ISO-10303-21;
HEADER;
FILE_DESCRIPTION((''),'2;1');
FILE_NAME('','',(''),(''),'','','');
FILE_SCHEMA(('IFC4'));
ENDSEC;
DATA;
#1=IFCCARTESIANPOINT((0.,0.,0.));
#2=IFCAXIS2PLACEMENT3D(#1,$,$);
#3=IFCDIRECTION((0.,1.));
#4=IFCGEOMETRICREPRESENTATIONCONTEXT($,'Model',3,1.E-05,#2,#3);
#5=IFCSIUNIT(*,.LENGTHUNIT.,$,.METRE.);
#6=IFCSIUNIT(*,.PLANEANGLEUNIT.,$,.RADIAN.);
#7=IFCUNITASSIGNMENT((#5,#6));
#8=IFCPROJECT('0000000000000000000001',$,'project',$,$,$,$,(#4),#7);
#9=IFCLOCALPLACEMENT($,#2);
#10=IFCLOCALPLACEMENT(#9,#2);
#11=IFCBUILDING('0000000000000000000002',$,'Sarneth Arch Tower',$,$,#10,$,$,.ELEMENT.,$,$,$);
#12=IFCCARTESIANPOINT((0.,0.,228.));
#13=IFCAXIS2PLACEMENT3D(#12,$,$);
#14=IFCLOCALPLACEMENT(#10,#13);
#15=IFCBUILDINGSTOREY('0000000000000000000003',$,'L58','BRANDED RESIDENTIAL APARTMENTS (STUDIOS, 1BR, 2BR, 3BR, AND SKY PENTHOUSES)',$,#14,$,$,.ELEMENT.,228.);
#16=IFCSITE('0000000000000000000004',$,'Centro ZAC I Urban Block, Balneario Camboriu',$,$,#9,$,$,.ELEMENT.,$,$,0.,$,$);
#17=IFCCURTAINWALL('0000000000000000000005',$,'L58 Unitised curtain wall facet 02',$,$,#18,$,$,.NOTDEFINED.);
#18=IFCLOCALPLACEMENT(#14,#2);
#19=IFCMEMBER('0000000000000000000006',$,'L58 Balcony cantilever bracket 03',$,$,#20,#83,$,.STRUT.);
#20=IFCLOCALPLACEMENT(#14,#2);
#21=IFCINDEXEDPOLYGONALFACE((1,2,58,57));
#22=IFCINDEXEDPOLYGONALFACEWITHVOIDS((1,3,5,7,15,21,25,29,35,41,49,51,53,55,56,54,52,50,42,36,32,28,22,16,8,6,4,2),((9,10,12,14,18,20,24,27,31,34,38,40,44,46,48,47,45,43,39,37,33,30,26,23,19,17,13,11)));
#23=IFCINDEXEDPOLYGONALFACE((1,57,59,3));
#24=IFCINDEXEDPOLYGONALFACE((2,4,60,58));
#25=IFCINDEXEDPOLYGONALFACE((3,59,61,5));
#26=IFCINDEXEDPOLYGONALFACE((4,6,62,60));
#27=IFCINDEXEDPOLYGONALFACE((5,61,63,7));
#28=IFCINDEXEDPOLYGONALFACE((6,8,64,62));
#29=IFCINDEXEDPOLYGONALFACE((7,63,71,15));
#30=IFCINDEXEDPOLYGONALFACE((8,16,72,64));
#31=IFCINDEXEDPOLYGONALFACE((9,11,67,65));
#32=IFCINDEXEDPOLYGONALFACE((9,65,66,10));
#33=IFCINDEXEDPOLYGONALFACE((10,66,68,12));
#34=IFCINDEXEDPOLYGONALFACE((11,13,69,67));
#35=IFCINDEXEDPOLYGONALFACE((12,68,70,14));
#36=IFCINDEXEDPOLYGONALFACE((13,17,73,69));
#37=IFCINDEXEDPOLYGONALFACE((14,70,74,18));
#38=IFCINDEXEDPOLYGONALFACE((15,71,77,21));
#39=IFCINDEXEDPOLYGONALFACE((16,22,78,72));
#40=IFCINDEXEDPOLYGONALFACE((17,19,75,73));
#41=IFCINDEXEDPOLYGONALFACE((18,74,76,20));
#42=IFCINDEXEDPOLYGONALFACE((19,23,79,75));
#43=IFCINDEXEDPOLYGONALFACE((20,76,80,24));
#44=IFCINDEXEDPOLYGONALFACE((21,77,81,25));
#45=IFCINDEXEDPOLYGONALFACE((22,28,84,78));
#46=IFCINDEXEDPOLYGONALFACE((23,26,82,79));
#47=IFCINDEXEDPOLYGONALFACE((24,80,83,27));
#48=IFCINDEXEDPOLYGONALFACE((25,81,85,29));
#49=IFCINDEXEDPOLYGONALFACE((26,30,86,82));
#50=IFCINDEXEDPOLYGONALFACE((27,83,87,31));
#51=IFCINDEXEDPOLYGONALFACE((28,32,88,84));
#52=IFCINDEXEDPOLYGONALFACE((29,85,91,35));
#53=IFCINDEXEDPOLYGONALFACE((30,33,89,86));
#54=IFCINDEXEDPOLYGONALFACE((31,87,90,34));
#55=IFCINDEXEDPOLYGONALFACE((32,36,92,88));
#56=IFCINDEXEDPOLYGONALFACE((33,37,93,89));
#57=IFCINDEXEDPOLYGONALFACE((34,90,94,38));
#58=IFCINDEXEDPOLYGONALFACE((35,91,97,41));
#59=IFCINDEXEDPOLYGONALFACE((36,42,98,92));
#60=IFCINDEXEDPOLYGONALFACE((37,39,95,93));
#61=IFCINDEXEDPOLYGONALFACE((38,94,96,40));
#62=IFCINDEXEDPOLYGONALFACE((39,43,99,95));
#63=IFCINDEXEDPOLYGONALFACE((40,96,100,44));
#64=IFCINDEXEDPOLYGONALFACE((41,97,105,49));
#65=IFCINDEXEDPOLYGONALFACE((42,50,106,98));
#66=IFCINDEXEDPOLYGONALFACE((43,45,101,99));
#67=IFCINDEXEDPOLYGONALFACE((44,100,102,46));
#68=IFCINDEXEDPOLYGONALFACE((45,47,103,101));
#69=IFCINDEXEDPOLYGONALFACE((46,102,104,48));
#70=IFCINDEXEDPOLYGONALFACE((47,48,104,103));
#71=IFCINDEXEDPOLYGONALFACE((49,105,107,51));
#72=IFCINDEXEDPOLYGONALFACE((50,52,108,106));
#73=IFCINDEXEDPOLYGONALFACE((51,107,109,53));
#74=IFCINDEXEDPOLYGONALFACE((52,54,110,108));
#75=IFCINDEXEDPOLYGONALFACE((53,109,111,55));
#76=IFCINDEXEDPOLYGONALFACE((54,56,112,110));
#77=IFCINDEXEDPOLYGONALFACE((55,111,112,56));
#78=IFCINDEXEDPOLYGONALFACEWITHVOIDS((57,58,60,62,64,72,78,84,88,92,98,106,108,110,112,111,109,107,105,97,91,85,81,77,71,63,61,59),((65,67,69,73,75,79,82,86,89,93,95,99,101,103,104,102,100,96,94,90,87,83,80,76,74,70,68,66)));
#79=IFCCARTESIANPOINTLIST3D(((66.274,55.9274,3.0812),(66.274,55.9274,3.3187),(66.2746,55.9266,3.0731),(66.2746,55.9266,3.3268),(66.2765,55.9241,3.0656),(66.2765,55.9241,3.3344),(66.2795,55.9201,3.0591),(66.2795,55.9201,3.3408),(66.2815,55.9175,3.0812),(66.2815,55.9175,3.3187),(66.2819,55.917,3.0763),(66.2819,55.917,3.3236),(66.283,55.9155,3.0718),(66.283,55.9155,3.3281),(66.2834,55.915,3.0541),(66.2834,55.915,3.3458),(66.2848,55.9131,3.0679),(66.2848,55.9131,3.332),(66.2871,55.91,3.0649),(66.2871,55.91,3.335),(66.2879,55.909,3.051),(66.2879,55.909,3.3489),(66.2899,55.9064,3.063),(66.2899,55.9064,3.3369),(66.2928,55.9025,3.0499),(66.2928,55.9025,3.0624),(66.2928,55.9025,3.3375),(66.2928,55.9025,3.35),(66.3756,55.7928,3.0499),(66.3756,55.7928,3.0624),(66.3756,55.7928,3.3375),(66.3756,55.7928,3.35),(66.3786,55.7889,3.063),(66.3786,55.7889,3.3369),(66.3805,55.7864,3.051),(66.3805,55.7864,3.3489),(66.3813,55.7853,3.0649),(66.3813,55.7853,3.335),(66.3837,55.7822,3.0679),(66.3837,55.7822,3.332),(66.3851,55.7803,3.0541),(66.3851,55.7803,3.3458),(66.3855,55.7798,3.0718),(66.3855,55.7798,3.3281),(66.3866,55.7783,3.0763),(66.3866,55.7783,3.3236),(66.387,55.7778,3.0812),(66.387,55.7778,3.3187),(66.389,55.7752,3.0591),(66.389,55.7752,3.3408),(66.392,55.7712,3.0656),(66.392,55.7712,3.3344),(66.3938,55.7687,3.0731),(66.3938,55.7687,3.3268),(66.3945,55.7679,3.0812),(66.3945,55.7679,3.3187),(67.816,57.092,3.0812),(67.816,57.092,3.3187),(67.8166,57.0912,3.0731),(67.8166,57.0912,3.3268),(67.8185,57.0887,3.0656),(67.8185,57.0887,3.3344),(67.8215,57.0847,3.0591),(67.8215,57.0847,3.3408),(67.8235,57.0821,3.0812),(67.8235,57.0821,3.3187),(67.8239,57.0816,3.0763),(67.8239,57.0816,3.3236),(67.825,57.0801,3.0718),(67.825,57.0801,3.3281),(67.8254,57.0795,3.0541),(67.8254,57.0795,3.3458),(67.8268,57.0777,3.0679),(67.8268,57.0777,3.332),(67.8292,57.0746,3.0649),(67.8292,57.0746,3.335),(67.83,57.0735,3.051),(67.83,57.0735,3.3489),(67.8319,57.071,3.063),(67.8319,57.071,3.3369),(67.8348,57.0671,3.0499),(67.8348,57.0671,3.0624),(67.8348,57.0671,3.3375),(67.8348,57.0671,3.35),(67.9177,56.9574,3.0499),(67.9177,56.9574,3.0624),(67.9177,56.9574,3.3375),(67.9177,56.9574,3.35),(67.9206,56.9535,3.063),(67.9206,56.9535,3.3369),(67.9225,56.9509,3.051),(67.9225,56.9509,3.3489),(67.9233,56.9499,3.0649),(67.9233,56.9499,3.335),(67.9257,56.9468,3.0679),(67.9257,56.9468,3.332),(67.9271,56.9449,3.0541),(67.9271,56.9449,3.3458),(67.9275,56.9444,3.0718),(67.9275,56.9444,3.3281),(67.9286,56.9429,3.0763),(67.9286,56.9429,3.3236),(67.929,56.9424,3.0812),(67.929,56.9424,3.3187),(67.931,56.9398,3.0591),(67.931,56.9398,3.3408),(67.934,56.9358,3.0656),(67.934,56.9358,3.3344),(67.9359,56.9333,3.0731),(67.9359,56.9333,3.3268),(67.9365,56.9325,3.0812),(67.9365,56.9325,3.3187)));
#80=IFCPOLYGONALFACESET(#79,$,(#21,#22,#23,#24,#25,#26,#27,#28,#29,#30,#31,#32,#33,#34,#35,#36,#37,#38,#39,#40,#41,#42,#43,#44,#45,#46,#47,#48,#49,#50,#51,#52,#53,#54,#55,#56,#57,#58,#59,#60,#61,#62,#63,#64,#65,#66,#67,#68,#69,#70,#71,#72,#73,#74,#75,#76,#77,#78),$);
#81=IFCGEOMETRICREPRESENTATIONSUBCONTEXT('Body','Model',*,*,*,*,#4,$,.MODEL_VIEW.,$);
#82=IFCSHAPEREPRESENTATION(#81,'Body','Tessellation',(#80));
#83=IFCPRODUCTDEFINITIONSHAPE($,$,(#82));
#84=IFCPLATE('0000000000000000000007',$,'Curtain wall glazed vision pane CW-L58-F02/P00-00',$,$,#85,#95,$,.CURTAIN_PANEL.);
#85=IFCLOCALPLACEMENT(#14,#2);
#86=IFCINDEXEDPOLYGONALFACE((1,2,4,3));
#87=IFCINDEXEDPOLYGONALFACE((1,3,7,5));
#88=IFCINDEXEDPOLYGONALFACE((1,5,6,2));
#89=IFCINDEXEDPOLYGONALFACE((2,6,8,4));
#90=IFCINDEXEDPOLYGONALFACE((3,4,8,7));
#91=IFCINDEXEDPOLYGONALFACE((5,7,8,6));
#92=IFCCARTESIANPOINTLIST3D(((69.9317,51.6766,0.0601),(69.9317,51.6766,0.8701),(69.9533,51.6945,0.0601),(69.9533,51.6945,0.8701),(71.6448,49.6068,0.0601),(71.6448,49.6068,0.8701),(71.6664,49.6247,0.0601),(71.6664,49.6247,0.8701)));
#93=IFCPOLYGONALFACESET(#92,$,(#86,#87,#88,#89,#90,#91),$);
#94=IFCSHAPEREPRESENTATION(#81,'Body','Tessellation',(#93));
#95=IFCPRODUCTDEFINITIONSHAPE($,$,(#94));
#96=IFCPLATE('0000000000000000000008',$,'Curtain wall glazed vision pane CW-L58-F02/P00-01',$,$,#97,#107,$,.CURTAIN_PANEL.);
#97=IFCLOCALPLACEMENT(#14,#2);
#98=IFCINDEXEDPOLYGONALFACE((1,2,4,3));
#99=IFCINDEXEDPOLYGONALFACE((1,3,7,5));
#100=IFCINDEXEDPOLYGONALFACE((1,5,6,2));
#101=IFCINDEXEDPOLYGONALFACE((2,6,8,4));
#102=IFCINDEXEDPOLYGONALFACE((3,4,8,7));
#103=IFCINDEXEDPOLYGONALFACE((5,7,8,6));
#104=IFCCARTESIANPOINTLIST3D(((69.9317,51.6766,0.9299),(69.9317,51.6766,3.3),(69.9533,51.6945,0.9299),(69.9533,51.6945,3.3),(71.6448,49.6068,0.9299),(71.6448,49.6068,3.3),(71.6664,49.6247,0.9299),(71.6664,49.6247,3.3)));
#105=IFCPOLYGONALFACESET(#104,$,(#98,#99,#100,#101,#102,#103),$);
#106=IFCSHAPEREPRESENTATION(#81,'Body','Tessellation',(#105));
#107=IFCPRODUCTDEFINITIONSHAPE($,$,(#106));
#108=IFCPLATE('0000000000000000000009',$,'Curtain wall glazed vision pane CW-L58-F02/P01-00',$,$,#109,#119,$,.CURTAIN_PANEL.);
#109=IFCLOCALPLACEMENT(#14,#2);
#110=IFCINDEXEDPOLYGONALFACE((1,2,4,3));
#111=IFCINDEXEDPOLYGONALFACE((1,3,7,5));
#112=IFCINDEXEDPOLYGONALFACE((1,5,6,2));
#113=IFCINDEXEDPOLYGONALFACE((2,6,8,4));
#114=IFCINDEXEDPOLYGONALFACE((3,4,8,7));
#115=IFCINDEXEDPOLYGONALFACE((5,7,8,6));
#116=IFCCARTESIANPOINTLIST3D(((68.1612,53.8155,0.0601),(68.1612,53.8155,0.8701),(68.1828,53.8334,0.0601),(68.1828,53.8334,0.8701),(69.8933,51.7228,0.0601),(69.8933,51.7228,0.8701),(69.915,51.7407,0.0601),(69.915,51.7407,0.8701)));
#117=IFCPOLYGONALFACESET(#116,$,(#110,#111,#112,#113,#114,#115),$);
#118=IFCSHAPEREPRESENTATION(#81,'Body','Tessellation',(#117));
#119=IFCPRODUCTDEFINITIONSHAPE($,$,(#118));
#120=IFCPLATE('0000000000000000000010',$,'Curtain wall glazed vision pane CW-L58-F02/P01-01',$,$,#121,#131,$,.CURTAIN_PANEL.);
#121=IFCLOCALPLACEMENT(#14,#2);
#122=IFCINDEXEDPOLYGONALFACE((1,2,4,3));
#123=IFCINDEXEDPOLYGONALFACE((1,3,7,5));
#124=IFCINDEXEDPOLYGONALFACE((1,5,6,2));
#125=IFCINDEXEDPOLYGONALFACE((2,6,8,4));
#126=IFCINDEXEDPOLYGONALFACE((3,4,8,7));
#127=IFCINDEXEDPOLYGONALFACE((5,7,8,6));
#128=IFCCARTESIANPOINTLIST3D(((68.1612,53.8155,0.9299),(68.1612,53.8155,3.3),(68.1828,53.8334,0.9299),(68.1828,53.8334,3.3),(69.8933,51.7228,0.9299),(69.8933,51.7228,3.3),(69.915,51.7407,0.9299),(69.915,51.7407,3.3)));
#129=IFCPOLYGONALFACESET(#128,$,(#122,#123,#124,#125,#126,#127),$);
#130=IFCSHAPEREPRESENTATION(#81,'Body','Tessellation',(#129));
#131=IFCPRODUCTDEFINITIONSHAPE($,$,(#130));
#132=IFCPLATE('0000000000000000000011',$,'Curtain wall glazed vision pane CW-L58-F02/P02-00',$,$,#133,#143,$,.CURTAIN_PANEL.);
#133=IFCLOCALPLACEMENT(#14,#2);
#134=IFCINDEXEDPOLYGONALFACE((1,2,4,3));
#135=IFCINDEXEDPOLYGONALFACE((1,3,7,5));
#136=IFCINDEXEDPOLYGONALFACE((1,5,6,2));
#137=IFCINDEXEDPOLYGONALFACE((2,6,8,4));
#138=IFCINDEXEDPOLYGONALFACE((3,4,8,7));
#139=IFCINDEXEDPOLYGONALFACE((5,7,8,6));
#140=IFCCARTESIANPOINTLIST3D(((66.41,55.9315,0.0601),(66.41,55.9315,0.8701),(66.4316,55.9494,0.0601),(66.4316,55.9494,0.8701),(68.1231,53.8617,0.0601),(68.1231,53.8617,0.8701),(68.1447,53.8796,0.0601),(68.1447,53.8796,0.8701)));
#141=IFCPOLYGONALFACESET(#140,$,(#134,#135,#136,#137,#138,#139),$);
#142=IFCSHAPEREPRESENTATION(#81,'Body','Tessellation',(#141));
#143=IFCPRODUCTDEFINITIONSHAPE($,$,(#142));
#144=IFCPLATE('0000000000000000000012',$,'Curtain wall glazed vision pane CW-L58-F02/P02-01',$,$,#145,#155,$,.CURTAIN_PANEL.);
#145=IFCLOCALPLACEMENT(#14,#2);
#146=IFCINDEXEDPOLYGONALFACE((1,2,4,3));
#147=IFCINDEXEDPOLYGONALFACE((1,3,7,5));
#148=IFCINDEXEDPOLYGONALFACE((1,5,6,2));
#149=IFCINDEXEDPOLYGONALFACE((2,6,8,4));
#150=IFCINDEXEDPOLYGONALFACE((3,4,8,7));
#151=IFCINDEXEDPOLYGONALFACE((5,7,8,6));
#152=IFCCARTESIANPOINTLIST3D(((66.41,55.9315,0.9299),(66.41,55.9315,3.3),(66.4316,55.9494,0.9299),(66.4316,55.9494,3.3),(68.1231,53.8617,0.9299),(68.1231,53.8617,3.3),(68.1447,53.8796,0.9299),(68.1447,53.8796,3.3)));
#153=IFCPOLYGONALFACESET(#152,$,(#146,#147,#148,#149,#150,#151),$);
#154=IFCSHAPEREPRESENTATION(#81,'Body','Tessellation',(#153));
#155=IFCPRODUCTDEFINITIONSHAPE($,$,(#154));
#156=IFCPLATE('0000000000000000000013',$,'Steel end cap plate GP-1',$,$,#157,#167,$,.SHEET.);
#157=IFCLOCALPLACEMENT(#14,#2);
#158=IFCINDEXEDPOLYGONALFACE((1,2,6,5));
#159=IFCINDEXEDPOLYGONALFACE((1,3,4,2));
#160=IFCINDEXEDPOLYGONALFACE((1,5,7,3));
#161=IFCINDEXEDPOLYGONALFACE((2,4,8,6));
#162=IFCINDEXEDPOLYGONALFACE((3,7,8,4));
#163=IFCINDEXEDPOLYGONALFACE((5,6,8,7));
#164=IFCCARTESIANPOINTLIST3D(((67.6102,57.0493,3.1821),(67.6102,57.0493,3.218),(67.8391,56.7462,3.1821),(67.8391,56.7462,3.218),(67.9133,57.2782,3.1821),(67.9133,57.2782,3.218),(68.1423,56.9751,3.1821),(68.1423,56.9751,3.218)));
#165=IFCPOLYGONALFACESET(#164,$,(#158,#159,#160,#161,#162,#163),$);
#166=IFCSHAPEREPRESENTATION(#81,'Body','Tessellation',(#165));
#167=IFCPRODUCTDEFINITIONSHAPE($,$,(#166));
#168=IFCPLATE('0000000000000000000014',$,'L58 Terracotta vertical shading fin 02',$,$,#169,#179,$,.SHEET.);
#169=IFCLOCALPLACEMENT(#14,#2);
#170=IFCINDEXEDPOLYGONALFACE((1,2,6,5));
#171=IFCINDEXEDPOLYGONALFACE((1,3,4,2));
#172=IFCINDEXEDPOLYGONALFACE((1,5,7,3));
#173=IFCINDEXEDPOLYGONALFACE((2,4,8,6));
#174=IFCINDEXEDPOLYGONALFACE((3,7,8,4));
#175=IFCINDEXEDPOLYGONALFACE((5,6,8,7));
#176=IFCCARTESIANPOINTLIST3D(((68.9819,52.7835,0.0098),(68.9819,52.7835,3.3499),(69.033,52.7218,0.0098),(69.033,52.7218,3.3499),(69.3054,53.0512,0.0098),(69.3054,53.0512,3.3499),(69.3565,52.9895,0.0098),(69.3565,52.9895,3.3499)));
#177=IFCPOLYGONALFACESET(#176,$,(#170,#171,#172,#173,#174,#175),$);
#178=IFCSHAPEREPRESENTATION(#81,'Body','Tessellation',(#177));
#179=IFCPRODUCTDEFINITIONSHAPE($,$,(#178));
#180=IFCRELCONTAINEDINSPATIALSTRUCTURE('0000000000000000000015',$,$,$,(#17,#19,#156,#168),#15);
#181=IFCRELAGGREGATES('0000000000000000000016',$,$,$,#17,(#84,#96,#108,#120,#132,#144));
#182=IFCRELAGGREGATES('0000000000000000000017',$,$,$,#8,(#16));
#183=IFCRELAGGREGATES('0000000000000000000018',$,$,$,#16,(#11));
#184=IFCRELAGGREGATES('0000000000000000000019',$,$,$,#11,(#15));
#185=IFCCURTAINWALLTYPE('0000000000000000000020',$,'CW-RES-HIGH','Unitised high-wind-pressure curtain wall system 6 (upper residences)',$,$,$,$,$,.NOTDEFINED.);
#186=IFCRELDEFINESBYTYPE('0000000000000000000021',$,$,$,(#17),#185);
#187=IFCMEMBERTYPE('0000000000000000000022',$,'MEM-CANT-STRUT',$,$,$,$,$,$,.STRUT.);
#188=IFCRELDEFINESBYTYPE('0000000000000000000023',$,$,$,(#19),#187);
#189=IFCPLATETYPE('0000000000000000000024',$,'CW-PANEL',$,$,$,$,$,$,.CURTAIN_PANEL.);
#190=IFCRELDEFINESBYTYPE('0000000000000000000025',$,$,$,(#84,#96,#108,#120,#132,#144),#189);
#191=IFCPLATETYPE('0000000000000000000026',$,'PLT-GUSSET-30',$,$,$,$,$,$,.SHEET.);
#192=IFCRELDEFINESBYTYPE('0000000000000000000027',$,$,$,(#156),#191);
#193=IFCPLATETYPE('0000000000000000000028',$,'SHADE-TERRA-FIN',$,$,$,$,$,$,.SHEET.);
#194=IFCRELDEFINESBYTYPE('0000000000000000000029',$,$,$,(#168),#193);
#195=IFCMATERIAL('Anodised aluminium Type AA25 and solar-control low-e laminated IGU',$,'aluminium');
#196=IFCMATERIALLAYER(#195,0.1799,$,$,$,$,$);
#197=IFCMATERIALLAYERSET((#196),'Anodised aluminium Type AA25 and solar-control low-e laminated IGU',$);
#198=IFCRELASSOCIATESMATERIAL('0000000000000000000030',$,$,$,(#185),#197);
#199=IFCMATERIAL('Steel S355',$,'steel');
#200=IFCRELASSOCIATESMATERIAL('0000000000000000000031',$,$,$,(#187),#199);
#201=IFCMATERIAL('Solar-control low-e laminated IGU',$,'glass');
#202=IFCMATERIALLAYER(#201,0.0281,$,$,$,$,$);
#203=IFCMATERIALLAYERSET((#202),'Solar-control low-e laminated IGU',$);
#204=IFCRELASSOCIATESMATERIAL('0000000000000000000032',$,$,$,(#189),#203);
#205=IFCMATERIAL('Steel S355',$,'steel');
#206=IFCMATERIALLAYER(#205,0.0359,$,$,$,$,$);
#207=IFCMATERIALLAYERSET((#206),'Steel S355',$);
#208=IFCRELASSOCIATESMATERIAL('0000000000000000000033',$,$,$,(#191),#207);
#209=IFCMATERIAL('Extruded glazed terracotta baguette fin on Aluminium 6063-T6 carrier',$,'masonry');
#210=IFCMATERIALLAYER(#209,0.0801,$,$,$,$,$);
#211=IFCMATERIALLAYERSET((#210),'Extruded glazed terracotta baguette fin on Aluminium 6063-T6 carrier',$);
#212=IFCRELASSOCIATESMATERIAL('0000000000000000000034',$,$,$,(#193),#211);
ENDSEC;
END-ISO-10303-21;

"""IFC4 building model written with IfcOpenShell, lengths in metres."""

from ifc_helpers import new_model, si_unit, direction, frame, origin, origin_2d, place, context, subcontext, project, spatial, rectangle, hollow_rectangle, extrude, material, layer, layer_set, material_profile, profile_set, type_object, element, aggregate, save


model = new_model("IFC4")

# Units and contexts
model_context = context("Model", 3, precision=1e-05, world=origin(), true_north=direction((0.0, 1.0)))
body_context = subcontext(model_context, "Body", "Model", "MODEL_VIEW")
ifc_project = project(units=[si_unit("LENGTHUNIT", "METRE"), si_unit("PLANEANGLEUNIT", "RADIAN")], contexts=[model_context])

# Site, building, storey
site_placement = place(None, origin())
site = spatial("IfcSite", under=ifc_project, at=site_placement, Name="Centro ZAC I Urban Block, Balneario Camboriu", CompositionType="ELEMENT", RefElevation=0.0)
building_placement = place(site_placement, origin())
building = spatial("IfcBuilding", under=site, at=building_placement, Name="Sarneth Arch Tower", CompositionType="ELEMENT")
storey_placement = place(building_placement, frame((0.0, 0.0, 228.0)))
storey = spatial("IfcBuildingStorey", under=building, at=storey_placement, Name="L58", Description="BRANDED RESIDENTIAL APARTMENTS (STUDIOS, 1BR, 2BR, 3BR, AND SKY PENTHOUSES)", CompositionType="ELEMENT", Elevation=228.0)

# Curtain wall
ifc_material_1 = material(Name="Anodised aluminium Type AA25 and solar-control low-e laminated IGU", Category="aluminium")
ifc_layer_1 = layer(ifc_material_1, 0.1799)
ifc_layer_set_1 = layer_set([ifc_layer_1], Name="Anodised aluminium Type AA25 and solar-control low-e laminated IGU")
curtain_wall_type = type_object("IfcCurtainWallType", Name="CW-RES-HIGH", Description="Unitised high-wind-pressure curtain wall system 6 (upper residences)", PredefinedType="NOTDEFINED", material=ifc_layer_set_1)
curtain_wall_placement = place(storey_placement, origin())
curtain_wall = element("IfcCurtainWall", 1, at=curtain_wall_placement, inside=storey, type_object=curtain_wall_type, Name="L58 Unitised curtain wall facet 02", PredefinedType="NOTDEFINED")

# Member
ifc_material_2 = material(Name="Steel S355", Category="steel")
ifc_material_profile_1 = material_profile(ifc_material_2, hollow_rectangle(XDim=0.2, YDim=0.3, WallThickness=0.0125, InnerFilletRadius=0.0188, OuterFilletRadius=0.0312, at=origin_2d()), Name="RHS300x200x12.5")
ifc_profile_set_1 = profile_set([ifc_material_profile_1], Name="Steel S355")
member_type_1 = type_object("IfcMemberType", Name="MEM-CANT-STRUT", PredefinedType="STRUT", material=ifc_profile_set_1)
member_1_placement = place(storey_placement, frame((66.3342, 55.8477, 3.2), z_axis=(0.797994, 0.602665, 0.0), x_axis=(-0.602665, 0.797994, 0.0)))
element("IfcMember", 2, at=member_1_placement, inside=storey, type_object=member_type_1, Name="L58 Balcony cantilever bracket 03", PredefinedType="STRUT", context=body_context, shape_type="SweptSolid", body=[
    extrude(hollow_rectangle(XDim=0.2, YDim=0.3, WallThickness=0.0125, InnerFilletRadius=0.0188, OuterFilletRadius=0.0312, at=origin_2d()), origin(), (0.0, 0.0, 1.0), 1.9324),
])

# Plates
ifc_material_3 = material(Name="Solar-control low-e laminated IGU", Category="glass")
ifc_layer_2 = layer(ifc_material_3, 0.0281)
ifc_layer_set_2 = layer_set([ifc_layer_2], Name="Solar-control low-e laminated IGU")
plate_type_1 = type_object("IfcPlateType", Name="CW-PANEL", PredefinedType="CURTAIN_PANEL", material=ifc_layer_set_2)
plate_1_placement = place(storey_placement, frame((70.7991, 50.6506, 0.0601), z_axis=(0.0, 0.0, 1.0), x_axis=(-0.63761, 0.770359, 0.0)))
plate_1 = element("IfcPlate", 3, at=plate_1_placement, type_object=plate_type_1, Name="Curtain wall glazed vision pane CW-L58-F02/P00-00", PredefinedType="CURTAIN_PANEL", context=body_context, shape_type="SweptSolid", body=[
    extrude(rectangle(XDim=2.6868, YDim=0.0281, at=origin_2d()), origin(), (0.0, 0.0, 1.0), 0.8101),
])
plate_2_placement = place(storey_placement, frame((70.7991, 50.6506, 0.9299), z_axis=(0.0, 0.0, 1.0), x_axis=(-0.63761, 0.770359, 0.0)))
plate_2 = element("IfcPlate", 4, at=plate_2_placement, type_object=plate_type_1, Name="Curtain wall glazed vision pane CW-L58-F02/P00-01", PredefinedType="CURTAIN_PANEL", context=body_context, shape_type="SweptSolid", body=[
    extrude(rectangle(XDim=2.6868, YDim=0.0281, at=origin_2d()), origin(), (0.0, 0.0, 1.0), 2.3701),
])
plate_3_placement = place(storey_placement, frame((69.0381, 52.7781, 0.0601), z_axis=(0.0, 0.0, 1.0), x_axis=(-0.63761, 0.770359, 0.0)))
plate_3 = element("IfcPlate", 5, at=plate_3_placement, type_object=plate_type_1, Name="Curtain wall glazed vision pane CW-L58-F02/P01-00", PredefinedType="CURTAIN_PANEL", context=body_context, shape_type="SweptSolid", body=[
    extrude(rectangle(XDim=2.7166, YDim=0.0281, at=origin_2d()), origin(), (0.0, 0.0, 1.0), 0.8101),
])
plate_4_placement = place(storey_placement, frame((69.0381, 52.7781, 0.9299), z_axis=(0.0, 0.0, 1.0), x_axis=(-0.63761, 0.770359, 0.0)))
plate_4 = element("IfcPlate", 6, at=plate_4_placement, type_object=plate_type_1, Name="Curtain wall glazed vision pane CW-L58-F02/P01-01", PredefinedType="CURTAIN_PANEL", context=body_context, shape_type="SweptSolid", body=[
    extrude(rectangle(XDim=2.7166, YDim=0.0281, at=origin_2d()), origin(), (0.0, 0.0, 1.0), 2.3701),
])
plate_5_placement = place(storey_placement, frame((67.2773, 54.9055, 0.0601), z_axis=(0.0, 0.0, 1.0), x_axis=(-0.63761, 0.770359, 0.0)))
plate_5 = element("IfcPlate", 7, at=plate_5_placement, type_object=plate_type_1, Name="Curtain wall glazed vision pane CW-L58-F02/P02-00", PredefinedType="CURTAIN_PANEL", context=body_context, shape_type="SweptSolid", body=[
    extrude(rectangle(XDim=2.6868, YDim=0.0281, at=origin_2d()), origin(), (0.0, 0.0, 1.0), 0.8101),
])
plate_6_placement = place(storey_placement, frame((67.2773, 54.9055, 0.9299), z_axis=(0.0, 0.0, 1.0), x_axis=(-0.63761, 0.770359, 0.0)))
plate_6 = element("IfcPlate", 8, at=plate_6_placement, type_object=plate_type_1, Name="Curtain wall glazed vision pane CW-L58-F02/P02-01", PredefinedType="CURTAIN_PANEL", context=body_context, shape_type="SweptSolid", body=[
    extrude(rectangle(XDim=2.6868, YDim=0.0281, at=origin_2d()), origin(), (0.0, 0.0, 1.0), 2.3701),
])
aggregate(curtain_wall, [plate_1, plate_2, plate_3, plate_4, plate_5, plate_6])

# Plates
ifc_material_4 = material(Name="Steel S355", Category="steel")
ifc_layer_3 = layer(ifc_material_4, 0.0359)
ifc_layer_set_3 = layer_set([ifc_layer_3], Name="Steel S355")
plate_type_2 = type_object("IfcPlateType", Name="PLT-GUSSET-30", PredefinedType="SHEET", material=ifc_layer_set_3)
plate_7_placement = place(storey_placement, frame((67.8762, 57.0122, 3.1821), z_axis=(0.0, 0.0, 1.0), x_axis=(0.798005, 0.602651, 0.0)))
element("IfcPlate", 9, at=plate_7_placement, inside=storey, type_object=plate_type_2, Name="Steel end cap plate GP-1", PredefinedType="SHEET", context=body_context, shape_type="SweptSolid", body=[
    extrude(rectangle(XDim=0.3799, YDim=0.3799, at=origin_2d()), origin(), (0.0, 0.0, 1.0), 0.0359),
])
ifc_material_5 = material(Name="Extruded glazed terracotta baguette fin on Aluminium 6063-T6 carrier", Category="masonry")
ifc_layer_4 = layer(ifc_material_5, 0.0801)
ifc_layer_set_4 = layer_set([ifc_layer_4], Name="Extruded glazed terracotta baguette fin on Aluminium 6063-T6 carrier")
plate_type_3 = type_object("IfcPlateType", Name="SHADE-TERRA-FIN", PredefinedType="SHEET", material=ifc_layer_set_4)
plate_8_placement = place(storey_placement, frame((69.1692, 52.8865, 0.0098), z_axis=(0.0, 0.0, 1.0), x_axis=(0.770402, 0.637558, 0.0)))
element("IfcPlate", 10, at=plate_8_placement, inside=storey, type_object=plate_type_3, Name="L58 Terracotta vertical shading fin 02", PredefinedType="SHEET", context=body_context, shape_type="SweptSolid", body=[
    extrude(rectangle(XDim=0.4199, YDim=0.0801, at=origin_2d()), origin(), (0.0, 0.0, 1.0), 3.3401),
])

save(model, "model.ifc")
